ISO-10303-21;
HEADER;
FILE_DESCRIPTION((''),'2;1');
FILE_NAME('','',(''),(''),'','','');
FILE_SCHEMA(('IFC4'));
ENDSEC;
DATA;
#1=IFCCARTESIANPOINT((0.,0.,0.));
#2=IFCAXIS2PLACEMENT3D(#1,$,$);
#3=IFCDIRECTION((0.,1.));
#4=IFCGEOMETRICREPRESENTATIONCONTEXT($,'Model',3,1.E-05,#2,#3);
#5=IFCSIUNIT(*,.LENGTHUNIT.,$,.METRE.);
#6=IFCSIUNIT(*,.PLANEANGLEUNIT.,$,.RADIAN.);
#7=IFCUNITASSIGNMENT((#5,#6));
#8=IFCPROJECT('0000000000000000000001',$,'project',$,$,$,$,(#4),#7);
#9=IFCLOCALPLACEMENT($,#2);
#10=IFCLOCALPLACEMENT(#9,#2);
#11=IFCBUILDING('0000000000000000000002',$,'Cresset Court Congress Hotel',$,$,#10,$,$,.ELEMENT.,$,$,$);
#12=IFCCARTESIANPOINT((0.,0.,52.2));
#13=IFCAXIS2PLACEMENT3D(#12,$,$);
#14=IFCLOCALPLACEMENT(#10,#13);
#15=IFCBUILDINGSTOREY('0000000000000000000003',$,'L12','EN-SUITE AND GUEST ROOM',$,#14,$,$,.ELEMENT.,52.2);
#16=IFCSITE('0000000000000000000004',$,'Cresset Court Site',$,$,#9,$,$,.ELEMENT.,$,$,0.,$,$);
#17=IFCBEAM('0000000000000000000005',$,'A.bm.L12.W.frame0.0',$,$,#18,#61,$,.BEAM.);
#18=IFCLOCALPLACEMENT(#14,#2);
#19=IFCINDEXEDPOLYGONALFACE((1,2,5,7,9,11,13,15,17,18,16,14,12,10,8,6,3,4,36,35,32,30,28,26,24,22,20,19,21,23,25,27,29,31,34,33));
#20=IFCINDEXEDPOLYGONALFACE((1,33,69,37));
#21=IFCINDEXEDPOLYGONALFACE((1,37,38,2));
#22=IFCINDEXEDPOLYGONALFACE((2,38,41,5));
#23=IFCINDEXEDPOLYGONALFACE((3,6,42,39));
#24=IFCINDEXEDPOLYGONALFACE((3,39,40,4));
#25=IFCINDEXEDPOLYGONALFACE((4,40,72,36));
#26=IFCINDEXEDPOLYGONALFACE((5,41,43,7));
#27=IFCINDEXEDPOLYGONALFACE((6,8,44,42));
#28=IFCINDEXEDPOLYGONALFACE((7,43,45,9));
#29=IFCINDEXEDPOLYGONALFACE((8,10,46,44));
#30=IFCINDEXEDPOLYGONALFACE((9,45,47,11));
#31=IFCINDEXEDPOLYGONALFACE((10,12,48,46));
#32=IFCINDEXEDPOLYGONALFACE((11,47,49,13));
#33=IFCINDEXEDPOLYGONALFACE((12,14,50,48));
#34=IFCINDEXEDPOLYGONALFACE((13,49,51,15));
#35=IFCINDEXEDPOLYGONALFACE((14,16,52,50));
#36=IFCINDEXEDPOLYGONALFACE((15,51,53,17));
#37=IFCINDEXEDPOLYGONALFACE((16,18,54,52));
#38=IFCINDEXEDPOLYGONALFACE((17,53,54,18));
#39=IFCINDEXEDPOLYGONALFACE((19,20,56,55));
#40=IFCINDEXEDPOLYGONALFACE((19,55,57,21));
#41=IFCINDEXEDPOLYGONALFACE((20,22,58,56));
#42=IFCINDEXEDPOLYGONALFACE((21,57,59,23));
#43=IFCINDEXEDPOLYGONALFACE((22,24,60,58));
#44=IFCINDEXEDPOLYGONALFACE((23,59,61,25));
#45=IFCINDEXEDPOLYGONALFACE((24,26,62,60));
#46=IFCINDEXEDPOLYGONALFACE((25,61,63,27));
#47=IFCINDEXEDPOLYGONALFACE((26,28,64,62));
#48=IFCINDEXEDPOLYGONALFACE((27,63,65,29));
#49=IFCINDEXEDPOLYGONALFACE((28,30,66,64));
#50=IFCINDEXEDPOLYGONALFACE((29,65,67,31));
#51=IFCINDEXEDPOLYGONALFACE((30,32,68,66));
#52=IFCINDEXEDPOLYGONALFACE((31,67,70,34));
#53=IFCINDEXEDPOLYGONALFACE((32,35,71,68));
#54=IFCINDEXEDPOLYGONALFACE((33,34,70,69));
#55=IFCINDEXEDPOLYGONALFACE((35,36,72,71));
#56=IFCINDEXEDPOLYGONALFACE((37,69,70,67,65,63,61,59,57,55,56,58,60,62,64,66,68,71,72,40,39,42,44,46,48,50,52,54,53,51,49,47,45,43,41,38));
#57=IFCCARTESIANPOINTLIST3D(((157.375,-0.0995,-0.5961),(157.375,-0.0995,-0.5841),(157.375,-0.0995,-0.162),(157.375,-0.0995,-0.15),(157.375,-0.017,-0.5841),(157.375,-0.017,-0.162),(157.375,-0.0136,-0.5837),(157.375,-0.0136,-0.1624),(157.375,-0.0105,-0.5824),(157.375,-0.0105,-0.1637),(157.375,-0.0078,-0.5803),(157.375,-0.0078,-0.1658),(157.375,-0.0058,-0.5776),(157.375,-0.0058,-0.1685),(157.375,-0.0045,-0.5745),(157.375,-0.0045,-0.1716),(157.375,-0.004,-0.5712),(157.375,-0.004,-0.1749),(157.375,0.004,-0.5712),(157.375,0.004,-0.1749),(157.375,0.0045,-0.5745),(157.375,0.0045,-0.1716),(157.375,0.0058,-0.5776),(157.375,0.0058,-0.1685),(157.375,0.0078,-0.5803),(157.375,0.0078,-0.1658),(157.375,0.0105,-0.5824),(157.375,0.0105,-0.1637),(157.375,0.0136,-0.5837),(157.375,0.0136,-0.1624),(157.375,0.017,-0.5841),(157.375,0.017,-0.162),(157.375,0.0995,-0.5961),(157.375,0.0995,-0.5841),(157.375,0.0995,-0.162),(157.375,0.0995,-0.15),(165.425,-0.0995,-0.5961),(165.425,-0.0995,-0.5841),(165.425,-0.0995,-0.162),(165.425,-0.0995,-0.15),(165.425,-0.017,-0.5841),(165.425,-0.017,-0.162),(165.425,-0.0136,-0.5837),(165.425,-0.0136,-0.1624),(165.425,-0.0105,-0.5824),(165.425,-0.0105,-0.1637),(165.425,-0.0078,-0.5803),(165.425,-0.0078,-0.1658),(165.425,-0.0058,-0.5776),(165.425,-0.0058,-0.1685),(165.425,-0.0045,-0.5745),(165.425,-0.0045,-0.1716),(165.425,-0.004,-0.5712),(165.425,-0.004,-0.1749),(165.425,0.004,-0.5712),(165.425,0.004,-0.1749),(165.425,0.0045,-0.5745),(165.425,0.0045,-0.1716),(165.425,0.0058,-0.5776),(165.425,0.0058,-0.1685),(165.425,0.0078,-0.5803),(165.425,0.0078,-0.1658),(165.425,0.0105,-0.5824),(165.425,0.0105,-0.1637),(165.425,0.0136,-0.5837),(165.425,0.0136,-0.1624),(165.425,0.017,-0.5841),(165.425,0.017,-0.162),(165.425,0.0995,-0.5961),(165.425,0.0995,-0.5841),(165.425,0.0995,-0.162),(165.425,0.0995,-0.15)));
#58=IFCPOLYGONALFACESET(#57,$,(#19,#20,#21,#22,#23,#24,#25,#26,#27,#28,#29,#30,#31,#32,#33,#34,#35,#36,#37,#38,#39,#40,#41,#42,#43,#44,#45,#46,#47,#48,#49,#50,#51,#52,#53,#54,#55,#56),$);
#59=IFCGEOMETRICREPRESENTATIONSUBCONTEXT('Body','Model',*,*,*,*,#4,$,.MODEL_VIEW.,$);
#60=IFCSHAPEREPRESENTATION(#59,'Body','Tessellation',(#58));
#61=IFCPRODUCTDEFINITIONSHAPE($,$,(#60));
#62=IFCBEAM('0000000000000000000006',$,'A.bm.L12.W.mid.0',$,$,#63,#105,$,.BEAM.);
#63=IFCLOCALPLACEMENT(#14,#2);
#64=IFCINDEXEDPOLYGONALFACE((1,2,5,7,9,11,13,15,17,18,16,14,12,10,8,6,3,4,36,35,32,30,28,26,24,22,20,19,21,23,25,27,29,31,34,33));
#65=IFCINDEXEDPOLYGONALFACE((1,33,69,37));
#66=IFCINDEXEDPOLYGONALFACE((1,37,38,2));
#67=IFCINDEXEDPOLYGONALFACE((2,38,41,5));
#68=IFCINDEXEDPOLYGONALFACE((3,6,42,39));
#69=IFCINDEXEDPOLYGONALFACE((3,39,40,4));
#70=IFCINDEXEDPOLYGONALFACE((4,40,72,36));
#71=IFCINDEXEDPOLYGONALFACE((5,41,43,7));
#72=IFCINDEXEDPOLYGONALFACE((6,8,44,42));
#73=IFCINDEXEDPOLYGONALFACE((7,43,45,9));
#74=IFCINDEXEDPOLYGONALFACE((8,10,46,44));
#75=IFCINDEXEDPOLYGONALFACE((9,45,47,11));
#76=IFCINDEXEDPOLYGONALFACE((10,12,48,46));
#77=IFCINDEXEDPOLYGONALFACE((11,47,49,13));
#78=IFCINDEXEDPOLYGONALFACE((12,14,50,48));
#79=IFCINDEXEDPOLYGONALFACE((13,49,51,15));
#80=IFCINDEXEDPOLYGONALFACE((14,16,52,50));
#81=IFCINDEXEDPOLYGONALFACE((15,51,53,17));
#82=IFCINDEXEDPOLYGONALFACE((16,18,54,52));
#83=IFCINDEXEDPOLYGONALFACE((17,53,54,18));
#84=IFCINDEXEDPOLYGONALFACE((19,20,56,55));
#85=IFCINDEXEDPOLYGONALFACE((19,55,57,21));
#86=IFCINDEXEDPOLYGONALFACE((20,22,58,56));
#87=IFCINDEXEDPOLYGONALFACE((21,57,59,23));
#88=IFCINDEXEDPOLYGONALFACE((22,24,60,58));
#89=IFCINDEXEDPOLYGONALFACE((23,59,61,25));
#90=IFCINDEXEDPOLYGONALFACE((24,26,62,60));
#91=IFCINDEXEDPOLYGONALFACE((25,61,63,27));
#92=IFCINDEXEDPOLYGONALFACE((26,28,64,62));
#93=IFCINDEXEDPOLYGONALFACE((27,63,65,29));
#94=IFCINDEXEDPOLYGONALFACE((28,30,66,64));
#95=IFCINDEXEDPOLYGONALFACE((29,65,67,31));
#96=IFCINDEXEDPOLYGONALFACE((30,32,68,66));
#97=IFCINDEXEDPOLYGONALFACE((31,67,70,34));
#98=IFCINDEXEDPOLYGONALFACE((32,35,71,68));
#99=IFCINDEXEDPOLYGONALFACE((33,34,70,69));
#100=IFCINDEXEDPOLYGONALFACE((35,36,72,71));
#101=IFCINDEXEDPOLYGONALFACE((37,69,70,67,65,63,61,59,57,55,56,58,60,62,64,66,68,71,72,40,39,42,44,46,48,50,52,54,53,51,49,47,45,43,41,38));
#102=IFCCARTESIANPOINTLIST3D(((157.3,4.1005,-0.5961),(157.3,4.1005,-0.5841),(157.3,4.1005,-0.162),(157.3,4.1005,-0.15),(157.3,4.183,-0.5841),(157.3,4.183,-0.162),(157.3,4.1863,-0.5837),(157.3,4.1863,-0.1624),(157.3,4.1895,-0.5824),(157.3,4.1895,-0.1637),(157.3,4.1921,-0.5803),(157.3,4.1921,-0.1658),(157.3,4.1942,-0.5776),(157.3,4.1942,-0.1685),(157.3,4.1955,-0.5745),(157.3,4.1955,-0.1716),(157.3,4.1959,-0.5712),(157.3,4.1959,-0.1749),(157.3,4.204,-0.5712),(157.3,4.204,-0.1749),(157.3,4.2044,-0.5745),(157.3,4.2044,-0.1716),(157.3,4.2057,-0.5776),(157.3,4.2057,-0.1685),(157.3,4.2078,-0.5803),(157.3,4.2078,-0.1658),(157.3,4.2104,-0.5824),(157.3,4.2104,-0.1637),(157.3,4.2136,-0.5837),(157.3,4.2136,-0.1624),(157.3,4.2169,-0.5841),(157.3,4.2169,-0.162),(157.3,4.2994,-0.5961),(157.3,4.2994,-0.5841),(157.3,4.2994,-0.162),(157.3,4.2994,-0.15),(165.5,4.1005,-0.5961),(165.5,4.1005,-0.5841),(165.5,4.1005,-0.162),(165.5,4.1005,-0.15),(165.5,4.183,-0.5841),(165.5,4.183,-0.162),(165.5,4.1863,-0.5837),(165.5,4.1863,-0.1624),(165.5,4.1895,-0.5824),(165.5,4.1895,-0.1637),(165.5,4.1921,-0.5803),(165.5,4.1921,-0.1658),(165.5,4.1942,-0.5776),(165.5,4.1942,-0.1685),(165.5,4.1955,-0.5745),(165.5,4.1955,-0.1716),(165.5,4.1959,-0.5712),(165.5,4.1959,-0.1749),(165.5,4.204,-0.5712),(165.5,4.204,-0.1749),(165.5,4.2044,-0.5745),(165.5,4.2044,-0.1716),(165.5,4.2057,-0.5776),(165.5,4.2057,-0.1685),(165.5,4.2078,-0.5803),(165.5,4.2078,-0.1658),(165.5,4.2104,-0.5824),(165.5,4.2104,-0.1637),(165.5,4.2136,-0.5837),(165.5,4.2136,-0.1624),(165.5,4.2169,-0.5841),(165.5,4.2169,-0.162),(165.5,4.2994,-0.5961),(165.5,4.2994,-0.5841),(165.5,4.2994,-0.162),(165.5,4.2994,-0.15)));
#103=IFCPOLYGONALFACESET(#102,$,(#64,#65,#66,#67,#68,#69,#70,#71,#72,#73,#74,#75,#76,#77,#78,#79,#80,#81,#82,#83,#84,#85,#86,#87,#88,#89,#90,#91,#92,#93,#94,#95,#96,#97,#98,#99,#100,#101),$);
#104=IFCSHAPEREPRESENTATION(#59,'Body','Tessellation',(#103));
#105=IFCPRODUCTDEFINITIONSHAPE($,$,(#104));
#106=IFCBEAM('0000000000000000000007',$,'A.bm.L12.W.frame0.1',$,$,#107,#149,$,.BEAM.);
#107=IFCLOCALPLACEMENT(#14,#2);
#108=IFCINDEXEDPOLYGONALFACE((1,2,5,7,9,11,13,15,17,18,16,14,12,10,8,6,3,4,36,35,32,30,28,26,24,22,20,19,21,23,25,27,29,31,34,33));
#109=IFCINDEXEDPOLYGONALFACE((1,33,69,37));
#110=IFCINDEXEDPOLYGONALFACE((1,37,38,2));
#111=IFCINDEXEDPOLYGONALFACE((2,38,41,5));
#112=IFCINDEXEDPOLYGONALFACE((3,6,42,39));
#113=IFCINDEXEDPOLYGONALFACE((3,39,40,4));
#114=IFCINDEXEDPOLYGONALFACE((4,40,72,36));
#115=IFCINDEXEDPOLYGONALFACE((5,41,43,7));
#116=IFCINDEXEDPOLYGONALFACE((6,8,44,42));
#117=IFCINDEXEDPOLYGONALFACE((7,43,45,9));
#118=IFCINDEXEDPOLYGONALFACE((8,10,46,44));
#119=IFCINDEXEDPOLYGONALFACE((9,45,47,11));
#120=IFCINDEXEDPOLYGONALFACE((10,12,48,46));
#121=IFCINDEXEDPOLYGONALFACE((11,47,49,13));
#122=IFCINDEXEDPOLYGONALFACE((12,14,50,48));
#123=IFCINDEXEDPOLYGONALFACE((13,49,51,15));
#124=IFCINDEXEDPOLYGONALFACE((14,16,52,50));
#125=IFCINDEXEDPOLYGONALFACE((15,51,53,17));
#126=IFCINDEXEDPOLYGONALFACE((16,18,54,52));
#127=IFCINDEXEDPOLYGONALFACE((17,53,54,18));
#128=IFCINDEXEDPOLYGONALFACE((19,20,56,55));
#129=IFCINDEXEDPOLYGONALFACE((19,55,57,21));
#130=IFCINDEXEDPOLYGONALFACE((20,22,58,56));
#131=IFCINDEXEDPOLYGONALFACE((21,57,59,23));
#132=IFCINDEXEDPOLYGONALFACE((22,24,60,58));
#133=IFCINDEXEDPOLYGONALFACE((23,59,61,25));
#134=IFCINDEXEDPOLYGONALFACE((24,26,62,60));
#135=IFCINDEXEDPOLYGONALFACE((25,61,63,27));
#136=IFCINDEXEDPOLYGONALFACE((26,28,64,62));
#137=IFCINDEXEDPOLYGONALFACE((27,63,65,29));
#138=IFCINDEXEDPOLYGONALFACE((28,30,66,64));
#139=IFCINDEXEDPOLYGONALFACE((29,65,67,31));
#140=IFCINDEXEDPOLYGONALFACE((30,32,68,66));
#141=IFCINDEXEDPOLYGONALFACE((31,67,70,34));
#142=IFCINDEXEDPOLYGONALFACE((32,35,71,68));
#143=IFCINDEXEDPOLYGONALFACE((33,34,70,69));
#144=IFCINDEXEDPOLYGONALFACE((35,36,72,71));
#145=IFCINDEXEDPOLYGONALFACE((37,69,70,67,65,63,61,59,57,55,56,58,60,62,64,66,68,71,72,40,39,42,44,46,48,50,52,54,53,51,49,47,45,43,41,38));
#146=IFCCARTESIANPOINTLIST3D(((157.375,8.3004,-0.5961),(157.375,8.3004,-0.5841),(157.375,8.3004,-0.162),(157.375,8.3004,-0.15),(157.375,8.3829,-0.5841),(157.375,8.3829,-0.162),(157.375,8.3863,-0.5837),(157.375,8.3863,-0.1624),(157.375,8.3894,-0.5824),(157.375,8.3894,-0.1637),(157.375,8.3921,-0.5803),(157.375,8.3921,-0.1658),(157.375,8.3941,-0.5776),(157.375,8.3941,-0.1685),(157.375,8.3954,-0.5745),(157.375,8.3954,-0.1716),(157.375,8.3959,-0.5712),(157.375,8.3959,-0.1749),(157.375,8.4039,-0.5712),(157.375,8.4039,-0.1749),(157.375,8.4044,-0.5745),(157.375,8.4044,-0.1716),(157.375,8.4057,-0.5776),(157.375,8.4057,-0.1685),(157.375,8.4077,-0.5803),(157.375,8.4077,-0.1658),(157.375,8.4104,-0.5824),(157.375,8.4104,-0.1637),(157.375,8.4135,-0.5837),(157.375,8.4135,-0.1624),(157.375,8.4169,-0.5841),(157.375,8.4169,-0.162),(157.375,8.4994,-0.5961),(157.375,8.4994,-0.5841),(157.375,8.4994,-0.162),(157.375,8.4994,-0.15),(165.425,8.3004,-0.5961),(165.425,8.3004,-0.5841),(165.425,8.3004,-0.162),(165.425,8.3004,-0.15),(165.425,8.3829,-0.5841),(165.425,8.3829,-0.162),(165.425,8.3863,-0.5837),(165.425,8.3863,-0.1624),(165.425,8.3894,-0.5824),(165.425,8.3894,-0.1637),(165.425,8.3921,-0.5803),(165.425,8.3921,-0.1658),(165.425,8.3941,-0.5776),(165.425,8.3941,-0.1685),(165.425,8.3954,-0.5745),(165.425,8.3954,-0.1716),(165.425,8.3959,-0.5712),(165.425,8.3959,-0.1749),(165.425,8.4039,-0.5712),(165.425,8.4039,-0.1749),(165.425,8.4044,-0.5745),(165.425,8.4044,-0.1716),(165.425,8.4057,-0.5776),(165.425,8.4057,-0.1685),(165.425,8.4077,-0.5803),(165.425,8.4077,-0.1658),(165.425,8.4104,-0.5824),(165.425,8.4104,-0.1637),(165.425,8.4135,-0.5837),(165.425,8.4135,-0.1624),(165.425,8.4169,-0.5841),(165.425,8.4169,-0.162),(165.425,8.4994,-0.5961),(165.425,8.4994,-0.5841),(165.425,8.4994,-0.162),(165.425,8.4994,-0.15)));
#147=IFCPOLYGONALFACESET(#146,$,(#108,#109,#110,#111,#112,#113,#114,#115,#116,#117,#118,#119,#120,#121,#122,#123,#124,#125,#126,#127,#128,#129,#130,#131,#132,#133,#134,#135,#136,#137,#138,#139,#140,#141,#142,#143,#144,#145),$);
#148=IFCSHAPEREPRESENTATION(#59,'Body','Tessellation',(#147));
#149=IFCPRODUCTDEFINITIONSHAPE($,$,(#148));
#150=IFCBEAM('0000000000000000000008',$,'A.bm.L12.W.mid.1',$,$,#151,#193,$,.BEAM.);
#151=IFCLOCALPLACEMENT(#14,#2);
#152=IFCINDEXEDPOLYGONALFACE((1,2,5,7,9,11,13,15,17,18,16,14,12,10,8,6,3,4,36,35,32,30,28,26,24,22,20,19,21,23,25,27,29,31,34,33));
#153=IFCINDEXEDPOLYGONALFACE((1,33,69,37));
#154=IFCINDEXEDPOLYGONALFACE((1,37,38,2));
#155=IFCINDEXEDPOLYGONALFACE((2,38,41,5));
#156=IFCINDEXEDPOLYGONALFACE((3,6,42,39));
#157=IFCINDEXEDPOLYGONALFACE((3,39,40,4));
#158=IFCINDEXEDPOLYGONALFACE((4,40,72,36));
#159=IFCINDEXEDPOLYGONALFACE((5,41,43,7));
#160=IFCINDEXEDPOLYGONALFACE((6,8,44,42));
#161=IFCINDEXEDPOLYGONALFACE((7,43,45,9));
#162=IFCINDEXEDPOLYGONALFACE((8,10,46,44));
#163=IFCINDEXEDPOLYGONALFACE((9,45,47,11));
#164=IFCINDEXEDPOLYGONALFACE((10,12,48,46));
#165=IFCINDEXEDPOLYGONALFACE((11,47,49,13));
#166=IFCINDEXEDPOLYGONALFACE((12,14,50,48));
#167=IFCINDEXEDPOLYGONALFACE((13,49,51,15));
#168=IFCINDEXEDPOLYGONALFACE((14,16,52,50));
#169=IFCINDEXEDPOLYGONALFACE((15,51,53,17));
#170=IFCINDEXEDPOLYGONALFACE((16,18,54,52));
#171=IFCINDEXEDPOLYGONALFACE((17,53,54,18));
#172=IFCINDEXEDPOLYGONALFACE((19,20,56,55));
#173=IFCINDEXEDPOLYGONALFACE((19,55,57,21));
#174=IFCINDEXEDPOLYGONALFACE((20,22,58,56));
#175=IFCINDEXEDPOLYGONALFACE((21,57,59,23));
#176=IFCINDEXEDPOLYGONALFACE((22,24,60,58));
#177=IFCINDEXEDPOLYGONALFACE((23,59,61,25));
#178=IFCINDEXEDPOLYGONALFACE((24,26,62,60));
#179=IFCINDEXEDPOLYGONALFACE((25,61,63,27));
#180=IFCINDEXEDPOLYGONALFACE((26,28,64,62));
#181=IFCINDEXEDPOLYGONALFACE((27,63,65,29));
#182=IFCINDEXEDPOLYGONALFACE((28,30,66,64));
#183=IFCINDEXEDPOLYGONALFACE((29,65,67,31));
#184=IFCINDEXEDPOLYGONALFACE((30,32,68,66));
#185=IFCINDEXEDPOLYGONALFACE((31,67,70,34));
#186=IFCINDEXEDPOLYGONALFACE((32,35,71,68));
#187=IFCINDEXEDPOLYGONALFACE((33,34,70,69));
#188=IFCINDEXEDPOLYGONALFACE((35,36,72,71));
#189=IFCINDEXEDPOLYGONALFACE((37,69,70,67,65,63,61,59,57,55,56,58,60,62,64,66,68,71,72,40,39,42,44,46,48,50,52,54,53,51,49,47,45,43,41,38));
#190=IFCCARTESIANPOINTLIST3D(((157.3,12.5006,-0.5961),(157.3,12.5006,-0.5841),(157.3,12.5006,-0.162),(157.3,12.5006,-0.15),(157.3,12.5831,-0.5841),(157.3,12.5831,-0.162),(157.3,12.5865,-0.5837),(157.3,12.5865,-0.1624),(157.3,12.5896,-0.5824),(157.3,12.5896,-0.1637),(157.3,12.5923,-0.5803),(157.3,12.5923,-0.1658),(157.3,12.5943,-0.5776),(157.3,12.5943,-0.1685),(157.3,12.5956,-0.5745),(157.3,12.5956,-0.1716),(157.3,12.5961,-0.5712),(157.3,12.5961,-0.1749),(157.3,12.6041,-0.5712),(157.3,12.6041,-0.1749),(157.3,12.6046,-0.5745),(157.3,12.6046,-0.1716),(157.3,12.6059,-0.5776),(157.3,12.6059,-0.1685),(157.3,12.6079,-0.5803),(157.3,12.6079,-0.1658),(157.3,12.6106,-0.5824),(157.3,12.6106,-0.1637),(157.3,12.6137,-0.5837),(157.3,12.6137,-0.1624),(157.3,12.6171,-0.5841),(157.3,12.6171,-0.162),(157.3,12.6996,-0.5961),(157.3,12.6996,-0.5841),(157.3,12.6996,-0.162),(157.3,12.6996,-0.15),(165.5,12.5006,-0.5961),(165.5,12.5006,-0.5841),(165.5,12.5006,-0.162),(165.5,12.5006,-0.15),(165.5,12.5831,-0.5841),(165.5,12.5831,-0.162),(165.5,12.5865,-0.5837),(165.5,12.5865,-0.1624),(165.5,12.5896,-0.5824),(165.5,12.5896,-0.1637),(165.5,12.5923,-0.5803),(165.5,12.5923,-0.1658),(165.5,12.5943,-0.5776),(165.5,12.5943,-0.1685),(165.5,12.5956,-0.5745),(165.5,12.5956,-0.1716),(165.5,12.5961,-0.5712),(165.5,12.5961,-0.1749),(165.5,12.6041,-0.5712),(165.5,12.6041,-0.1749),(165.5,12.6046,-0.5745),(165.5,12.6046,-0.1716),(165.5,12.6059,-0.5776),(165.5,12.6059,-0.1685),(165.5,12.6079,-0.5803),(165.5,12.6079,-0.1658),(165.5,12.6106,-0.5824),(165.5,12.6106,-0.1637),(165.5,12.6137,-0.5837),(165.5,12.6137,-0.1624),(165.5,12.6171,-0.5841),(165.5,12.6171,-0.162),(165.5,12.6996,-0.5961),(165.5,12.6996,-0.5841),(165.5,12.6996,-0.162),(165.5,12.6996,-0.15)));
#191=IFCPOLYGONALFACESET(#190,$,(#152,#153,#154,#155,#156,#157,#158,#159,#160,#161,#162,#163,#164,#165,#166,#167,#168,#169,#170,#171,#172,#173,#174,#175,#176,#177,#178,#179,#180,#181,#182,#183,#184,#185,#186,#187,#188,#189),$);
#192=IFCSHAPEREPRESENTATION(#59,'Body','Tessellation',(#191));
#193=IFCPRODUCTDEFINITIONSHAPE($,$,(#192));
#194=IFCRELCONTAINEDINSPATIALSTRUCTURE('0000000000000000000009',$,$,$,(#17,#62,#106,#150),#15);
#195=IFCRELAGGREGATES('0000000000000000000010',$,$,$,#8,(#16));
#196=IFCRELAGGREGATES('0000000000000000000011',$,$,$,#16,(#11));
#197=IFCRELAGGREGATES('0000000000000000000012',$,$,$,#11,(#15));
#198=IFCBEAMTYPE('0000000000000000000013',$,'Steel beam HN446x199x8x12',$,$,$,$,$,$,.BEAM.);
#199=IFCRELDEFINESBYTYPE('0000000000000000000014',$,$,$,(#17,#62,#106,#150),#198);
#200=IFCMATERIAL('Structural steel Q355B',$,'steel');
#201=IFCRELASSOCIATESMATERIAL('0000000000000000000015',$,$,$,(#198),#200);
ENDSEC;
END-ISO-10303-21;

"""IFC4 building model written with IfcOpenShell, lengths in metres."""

from ifc_helpers import new_model, si_unit, direction, frame, origin, origin_2d, place, context, subcontext, project, spatial, i_section, extrude, material, material_profile, profile_set, type_object, element, save


model = new_model("IFC4")

# Units and contexts
model_context = context("Model", 3, precision=1e-05, world=origin(), true_north=direction((0.0, 1.0)))
body_context = subcontext(model_context, "Body", "Model", "MODEL_VIEW")
ifc_project = project(units=[si_unit("LENGTHUNIT", "METRE"), si_unit("PLANEANGLEUNIT", "RADIAN")], contexts=[model_context])

# Site, building, storey
site_placement = place(None, origin())
site = spatial("IfcSite", under=ifc_project, at=site_placement, Name="Cresset Court Site", CompositionType="ELEMENT", RefElevation=0.0)
building_placement = place(site_placement, origin())
building = spatial("IfcBuilding", under=site, at=building_placement, Name="Cresset Court Congress Hotel", CompositionType="ELEMENT")
storey_placement = place(building_placement, frame((0.0, 0.0, 52.2)))
storey = spatial("IfcBuildingStorey", under=building, at=storey_placement, Name="L12", Description="EN-SUITE AND GUEST ROOM", CompositionType="ELEMENT", Elevation=52.2)

# Beams
ifc_material_1 = material(Name="Structural steel Q355B", Category="steel")
ifc_material_profile_1 = material_profile(ifc_material_1, i_section(OverallWidth=0.199, OverallDepth=0.446, WebThickness=0.0081, FlangeThickness=0.012, FilletRadius=0.0129, at=origin_2d()), Name="HN446x199x8x12")
ifc_profile_set_1 = profile_set([ifc_material_profile_1], Name="Structural steel Q355B")
beam_type_1 = type_object("IfcBeamType", Name="Steel beam HN446x199x8x12", PredefinedType="BEAM", material=ifc_profile_set_1)
beam_1_placement = place(storey_placement, frame((157.375, 0.0, -0.373), z_axis=(1.0, 0.0, 0.0), x_axis=(0.0, 1.0, 0.0)))
element("IfcBeam", 1, at=beam_1_placement, inside=storey, type_object=beam_type_1, Name="A.bm.L12.W.frame0.0", PredefinedType="BEAM", context=body_context, shape_type="SweptSolid", body=[
    extrude(i_section(OverallWidth=0.199, OverallDepth=0.446, WebThickness=0.0081, FlangeThickness=0.012, FilletRadius=0.0129, at=origin_2d()), origin(), (0.0, 0.0, 1.0), 8.05),
])
beam_2_placement = place(storey_placement, frame((157.3, 4.2, -0.373), z_axis=(1.0, 0.0, 0.0), x_axis=(0.0, 1.0, 0.0)))
element("IfcBeam", 2, at=beam_2_placement, inside=storey, type_object=beam_type_1, Name="A.bm.L12.W.mid.0", PredefinedType="BEAM", context=body_context, shape_type="SweptSolid", body=[
    extrude(i_section(OverallWidth=0.199, OverallDepth=0.446, WebThickness=0.0081, FlangeThickness=0.012, FilletRadius=0.0129, at=origin_2d()), origin(), (0.0, 0.0, 1.0), 8.2),
])
beam_3_placement = place(storey_placement, frame((157.375, 8.3999, -0.373), z_axis=(1.0, 0.0, 0.0), x_axis=(0.0, 1.0, 0.0)))
element("IfcBeam", 3, at=beam_3_placement, inside=storey, type_object=beam_type_1, Name="A.bm.L12.W.frame0.1", PredefinedType="BEAM", context=body_context, shape_type="SweptSolid", body=[
    extrude(i_section(OverallWidth=0.199, OverallDepth=0.446, WebThickness=0.0081, FlangeThickness=0.012, FilletRadius=0.0129, at=origin_2d()), origin(), (0.0, 0.0, 1.0), 8.05),
])
beam_4_placement = place(storey_placement, frame((157.3, 12.6001, -0.373), z_axis=(1.0, 0.0, 0.0), x_axis=(0.0, 1.0, 0.0)))
element("IfcBeam", 4, at=beam_4_placement, inside=storey, type_object=beam_type_1, Name="A.bm.L12.W.mid.1", PredefinedType="BEAM", context=body_context, shape_type="SweptSolid", body=[
    extrude(i_section(OverallWidth=0.199, OverallDepth=0.446, WebThickness=0.0081, FlangeThickness=0.012, FilletRadius=0.0129, at=origin_2d()), origin(), (0.0, 0.0, 1.0), 8.2),
])

save(model, "model.ifc")
